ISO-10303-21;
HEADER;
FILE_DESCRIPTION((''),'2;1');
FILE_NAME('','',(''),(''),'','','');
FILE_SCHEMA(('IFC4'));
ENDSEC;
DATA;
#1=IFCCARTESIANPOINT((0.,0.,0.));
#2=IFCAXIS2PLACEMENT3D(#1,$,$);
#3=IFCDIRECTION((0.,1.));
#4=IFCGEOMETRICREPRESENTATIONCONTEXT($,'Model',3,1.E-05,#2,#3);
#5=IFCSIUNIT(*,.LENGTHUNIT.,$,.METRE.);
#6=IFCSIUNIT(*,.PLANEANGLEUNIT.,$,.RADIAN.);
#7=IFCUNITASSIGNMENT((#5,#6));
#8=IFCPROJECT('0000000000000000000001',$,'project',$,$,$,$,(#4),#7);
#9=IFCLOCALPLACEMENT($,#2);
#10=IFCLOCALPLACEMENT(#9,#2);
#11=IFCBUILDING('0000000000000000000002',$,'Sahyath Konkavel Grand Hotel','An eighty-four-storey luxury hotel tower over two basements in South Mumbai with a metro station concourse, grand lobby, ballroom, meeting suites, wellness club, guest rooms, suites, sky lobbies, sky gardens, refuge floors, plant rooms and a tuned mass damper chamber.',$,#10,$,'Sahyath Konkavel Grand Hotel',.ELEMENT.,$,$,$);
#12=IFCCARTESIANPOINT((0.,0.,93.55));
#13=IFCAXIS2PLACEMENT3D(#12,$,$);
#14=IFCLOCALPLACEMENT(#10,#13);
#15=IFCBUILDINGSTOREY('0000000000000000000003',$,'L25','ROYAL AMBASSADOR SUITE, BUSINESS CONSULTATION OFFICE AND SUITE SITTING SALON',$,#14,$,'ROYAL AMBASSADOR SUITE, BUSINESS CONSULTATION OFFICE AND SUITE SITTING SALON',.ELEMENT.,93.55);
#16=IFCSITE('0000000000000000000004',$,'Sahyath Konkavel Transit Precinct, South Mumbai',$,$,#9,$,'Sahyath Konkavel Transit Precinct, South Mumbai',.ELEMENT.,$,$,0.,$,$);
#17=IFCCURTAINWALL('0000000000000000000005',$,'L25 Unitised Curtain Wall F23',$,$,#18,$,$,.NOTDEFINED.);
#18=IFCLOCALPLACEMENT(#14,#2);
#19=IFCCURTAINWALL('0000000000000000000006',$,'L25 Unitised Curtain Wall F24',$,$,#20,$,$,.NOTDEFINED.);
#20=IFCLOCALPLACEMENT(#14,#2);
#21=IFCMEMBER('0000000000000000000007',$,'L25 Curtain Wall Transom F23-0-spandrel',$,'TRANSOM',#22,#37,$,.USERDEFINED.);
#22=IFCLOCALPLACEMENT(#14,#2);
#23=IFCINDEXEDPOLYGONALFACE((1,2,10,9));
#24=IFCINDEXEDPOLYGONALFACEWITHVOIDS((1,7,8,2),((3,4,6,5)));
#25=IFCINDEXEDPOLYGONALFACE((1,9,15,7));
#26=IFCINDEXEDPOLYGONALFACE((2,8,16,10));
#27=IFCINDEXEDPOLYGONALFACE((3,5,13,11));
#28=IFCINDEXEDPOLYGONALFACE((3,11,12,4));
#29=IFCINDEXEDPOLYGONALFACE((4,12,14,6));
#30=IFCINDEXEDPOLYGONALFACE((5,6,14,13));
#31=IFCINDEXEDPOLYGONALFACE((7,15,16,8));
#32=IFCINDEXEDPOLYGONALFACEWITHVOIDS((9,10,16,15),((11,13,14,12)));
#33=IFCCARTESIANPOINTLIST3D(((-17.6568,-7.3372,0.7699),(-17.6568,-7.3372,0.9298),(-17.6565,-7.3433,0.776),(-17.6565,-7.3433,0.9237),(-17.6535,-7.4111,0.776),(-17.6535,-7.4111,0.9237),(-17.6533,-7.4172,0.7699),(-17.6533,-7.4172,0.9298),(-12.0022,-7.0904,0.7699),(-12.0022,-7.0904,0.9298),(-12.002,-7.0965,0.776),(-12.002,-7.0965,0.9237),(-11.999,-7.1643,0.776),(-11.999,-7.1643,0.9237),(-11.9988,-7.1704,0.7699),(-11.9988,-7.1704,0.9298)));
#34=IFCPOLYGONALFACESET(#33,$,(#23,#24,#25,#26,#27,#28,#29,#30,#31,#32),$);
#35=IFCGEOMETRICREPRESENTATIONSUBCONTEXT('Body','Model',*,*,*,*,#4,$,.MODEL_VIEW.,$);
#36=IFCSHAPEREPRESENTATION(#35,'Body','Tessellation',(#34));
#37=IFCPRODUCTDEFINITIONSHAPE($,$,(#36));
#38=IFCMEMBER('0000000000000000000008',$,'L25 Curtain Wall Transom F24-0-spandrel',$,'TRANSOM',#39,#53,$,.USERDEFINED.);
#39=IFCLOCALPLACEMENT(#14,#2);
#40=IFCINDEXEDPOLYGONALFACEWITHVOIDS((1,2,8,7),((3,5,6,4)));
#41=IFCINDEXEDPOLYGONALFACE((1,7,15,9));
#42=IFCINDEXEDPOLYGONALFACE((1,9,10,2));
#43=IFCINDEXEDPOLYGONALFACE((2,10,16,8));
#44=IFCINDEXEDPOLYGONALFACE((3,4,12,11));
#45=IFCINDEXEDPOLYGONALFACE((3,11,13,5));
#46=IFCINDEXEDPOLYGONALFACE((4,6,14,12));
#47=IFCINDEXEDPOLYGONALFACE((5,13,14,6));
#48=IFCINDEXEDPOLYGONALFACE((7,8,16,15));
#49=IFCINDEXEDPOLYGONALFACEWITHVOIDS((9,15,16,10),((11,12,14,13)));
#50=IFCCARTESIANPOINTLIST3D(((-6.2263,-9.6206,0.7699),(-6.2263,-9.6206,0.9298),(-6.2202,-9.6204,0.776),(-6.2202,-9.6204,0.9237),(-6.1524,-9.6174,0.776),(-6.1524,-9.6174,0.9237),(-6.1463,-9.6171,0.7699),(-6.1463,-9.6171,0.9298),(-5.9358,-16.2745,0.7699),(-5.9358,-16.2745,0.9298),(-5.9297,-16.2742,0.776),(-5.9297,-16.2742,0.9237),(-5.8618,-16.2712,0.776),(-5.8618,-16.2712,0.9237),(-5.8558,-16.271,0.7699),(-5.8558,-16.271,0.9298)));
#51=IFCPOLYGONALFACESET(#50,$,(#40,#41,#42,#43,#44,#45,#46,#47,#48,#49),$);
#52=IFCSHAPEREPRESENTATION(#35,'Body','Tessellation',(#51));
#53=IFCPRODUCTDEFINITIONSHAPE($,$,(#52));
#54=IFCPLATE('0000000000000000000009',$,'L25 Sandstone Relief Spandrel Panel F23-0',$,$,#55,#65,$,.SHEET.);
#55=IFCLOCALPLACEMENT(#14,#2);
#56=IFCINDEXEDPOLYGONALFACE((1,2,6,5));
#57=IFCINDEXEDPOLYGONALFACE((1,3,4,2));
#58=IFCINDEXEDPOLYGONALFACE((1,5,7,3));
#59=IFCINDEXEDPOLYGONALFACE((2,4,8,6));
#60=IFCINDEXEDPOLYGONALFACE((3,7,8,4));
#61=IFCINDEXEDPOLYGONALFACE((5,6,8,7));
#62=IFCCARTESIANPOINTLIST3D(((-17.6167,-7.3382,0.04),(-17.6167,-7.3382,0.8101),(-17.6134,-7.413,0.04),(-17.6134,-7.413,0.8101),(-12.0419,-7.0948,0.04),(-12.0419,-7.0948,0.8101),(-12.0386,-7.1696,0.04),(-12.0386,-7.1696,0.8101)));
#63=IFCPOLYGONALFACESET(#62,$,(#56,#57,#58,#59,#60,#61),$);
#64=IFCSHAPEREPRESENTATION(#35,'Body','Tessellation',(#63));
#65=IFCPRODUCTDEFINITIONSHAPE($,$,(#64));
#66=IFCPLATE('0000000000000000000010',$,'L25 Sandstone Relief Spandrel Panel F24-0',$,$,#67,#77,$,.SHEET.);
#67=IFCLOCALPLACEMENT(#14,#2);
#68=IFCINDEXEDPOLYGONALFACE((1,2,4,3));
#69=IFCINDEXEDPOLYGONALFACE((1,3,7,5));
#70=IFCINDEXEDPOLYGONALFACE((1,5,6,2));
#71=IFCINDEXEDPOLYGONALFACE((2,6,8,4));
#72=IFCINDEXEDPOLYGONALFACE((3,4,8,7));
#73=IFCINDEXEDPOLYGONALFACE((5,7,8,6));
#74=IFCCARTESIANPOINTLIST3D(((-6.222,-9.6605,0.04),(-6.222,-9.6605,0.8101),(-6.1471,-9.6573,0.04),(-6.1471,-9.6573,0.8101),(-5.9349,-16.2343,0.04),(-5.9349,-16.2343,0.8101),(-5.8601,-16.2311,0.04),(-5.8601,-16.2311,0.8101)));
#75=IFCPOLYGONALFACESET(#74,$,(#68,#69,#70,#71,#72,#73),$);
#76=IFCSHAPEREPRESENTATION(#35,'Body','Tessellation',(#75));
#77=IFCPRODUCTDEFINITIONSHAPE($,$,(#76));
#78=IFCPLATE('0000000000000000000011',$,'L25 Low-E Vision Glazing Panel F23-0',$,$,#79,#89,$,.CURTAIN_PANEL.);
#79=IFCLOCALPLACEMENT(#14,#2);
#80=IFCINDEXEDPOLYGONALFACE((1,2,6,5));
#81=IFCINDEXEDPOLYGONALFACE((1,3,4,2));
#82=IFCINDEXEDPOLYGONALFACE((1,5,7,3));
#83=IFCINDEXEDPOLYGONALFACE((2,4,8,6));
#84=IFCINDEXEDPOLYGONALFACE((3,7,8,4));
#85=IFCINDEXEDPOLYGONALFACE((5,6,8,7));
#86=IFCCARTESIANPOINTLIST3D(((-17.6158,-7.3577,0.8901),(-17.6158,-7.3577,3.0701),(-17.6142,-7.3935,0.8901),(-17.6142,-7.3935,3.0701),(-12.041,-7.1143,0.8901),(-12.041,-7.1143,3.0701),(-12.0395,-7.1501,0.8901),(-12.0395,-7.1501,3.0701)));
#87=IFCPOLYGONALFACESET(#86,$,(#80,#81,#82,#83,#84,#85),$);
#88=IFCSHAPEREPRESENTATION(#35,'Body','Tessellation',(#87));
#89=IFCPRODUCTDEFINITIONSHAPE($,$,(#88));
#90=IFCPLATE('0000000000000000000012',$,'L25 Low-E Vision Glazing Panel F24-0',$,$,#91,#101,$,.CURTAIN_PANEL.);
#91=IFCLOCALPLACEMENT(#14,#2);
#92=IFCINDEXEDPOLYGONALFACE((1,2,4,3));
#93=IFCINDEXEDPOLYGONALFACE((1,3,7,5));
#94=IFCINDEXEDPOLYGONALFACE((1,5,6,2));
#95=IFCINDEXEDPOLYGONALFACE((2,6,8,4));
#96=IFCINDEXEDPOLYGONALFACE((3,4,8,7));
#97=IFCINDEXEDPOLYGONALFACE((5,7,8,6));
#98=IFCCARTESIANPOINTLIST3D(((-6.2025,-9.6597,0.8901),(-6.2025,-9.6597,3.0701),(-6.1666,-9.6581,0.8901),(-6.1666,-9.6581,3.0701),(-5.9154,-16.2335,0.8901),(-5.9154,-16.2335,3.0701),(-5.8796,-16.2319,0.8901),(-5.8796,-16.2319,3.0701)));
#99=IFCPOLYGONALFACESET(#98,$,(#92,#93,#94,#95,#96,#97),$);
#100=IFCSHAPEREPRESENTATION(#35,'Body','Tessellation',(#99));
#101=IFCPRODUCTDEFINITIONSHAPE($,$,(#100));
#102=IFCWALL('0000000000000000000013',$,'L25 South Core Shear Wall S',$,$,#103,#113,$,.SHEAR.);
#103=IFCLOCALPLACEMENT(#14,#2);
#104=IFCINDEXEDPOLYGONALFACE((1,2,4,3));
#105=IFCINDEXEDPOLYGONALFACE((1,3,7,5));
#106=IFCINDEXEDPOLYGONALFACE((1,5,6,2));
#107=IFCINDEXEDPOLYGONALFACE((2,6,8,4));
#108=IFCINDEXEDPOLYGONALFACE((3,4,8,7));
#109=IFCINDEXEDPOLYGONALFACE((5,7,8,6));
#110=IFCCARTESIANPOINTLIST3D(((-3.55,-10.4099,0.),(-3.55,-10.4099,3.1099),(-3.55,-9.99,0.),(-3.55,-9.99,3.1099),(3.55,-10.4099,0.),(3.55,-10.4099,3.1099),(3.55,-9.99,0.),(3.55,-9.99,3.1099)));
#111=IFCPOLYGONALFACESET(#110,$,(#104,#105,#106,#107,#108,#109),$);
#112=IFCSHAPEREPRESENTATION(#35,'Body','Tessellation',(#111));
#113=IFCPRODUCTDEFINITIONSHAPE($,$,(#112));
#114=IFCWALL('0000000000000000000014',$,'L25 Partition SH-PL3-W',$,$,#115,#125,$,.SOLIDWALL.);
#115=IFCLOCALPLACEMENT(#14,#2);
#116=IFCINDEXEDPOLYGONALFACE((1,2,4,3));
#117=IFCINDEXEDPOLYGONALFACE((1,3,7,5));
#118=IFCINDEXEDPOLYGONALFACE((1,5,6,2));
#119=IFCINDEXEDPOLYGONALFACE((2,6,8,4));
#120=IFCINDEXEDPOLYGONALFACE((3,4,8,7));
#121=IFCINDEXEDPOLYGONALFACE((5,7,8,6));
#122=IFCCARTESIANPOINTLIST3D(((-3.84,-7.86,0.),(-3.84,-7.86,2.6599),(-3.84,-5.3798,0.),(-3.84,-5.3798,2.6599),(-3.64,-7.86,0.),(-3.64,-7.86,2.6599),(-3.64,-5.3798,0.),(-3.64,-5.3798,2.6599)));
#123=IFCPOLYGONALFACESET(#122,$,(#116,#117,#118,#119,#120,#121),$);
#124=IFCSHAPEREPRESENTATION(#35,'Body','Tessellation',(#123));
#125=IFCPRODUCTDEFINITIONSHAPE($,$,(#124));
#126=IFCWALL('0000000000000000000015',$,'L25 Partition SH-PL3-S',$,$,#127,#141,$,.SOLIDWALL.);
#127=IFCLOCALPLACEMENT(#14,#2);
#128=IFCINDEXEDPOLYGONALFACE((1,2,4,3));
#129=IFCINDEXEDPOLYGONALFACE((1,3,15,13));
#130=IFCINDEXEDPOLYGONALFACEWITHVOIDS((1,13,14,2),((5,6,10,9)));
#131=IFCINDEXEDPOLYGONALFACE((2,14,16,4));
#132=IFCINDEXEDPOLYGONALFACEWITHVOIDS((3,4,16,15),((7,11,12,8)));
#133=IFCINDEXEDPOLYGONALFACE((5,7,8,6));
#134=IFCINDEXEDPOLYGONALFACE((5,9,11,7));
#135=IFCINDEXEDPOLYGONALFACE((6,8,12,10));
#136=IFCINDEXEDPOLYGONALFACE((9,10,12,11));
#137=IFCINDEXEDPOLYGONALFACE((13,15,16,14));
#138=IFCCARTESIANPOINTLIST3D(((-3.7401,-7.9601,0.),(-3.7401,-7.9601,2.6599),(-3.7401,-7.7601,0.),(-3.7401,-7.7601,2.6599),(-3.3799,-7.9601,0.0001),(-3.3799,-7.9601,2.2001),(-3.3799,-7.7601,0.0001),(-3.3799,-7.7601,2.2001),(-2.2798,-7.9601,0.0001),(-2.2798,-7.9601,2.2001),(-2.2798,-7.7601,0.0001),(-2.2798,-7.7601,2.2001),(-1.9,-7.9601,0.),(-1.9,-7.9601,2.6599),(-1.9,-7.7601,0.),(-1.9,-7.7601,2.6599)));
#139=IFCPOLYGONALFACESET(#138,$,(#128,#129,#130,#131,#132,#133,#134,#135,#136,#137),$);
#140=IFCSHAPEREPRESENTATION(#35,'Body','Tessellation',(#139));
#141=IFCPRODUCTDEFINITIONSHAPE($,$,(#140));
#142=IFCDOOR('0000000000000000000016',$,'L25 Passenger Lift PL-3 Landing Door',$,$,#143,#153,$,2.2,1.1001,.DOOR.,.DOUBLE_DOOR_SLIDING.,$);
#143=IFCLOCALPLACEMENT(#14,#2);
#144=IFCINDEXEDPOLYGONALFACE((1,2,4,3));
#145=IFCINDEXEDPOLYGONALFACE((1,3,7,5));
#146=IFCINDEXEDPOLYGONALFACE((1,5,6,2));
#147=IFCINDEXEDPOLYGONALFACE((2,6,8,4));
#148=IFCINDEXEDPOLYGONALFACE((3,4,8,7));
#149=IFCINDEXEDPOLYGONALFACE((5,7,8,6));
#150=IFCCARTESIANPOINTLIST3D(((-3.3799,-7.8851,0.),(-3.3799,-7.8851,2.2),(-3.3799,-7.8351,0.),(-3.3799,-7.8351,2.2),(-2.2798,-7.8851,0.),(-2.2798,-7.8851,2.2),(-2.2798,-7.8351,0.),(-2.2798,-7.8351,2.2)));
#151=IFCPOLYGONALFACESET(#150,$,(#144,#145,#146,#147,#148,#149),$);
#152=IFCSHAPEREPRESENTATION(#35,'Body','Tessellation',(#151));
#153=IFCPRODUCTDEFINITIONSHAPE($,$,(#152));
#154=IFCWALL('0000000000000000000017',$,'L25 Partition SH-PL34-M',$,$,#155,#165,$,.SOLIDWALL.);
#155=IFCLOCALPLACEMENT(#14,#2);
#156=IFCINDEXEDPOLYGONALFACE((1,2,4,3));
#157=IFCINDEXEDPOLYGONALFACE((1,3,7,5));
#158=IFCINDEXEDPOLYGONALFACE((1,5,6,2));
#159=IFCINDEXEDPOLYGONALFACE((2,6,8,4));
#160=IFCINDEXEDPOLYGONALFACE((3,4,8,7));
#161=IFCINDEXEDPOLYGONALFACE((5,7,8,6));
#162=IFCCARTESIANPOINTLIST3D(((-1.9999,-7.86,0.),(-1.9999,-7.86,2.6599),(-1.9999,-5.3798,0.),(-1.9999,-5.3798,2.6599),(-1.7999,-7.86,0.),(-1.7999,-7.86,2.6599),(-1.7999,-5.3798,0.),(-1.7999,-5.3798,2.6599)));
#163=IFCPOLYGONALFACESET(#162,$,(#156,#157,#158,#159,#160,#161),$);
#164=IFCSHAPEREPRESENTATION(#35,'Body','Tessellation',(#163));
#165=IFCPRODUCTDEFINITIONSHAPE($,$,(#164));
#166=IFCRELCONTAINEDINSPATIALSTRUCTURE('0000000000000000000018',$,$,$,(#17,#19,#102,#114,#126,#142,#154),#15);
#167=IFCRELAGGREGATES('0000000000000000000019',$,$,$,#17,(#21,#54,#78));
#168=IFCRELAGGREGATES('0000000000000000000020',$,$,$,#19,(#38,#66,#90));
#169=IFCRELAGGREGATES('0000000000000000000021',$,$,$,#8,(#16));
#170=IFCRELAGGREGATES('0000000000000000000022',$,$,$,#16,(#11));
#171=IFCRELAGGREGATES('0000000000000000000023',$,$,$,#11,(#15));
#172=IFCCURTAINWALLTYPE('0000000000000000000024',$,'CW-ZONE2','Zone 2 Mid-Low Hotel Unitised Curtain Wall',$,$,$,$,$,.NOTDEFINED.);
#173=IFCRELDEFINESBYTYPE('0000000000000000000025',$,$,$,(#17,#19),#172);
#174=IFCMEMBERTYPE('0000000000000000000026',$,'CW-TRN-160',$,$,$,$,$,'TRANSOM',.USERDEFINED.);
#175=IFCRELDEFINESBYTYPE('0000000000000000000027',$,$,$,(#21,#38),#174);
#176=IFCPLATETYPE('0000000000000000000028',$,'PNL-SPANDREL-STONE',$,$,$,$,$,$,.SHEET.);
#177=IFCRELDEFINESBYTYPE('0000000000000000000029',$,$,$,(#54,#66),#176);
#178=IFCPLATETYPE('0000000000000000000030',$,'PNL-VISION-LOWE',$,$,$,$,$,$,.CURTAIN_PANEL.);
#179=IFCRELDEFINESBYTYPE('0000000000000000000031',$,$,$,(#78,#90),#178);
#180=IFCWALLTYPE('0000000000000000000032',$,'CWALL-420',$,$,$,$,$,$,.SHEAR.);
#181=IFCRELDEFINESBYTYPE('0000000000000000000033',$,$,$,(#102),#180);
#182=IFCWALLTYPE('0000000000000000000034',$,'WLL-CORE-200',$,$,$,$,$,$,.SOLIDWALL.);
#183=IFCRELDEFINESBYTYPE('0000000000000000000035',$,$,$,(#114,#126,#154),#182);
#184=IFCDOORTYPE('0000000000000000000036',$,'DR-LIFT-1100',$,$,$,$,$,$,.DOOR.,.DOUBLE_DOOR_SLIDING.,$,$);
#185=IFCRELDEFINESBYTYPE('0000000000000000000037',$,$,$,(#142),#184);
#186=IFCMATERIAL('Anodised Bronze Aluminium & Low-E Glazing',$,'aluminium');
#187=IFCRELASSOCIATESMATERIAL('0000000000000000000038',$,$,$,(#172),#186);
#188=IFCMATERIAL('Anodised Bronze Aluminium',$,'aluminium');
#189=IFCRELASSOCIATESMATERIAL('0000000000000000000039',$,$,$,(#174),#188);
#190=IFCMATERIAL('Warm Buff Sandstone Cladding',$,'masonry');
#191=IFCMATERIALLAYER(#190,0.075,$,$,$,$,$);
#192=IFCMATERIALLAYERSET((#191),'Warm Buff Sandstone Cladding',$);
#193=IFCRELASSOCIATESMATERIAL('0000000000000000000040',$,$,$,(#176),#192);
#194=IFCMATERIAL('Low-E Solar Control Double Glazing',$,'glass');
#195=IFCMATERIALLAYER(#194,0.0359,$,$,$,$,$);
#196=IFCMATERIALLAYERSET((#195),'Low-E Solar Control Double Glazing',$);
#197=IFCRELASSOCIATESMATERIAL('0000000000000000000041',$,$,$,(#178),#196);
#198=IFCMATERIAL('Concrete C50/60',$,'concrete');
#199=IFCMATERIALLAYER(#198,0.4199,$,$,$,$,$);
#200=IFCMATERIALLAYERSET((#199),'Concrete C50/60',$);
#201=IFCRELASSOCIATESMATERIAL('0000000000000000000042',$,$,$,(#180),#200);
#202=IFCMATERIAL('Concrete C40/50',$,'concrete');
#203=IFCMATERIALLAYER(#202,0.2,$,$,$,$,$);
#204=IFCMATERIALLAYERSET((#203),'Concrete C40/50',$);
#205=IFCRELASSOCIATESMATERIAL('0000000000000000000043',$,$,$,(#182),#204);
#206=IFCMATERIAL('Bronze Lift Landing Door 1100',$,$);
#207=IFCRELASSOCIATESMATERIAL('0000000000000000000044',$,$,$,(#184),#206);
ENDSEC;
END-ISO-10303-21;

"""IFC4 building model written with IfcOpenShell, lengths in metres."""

from ifc_helpers import new_model, si_unit, direction, frame, frame_2d, origin, origin_2d, place, context, subcontext, project, spatial, rectangle, hollow_rectangle, extrude, source, transform, mapped, material, layer, layer_set, material_profile, profile_set, type_object, element, fill, aggregate, save


model = new_model("IFC4")

# Units and contexts
model_context = context("Model", 3, precision=1e-05, world=origin(), true_north=direction((0.0, 1.0)))
body_context = subcontext(model_context, "Body", "Model", "MODEL_VIEW")
ifc_project = project(units=[si_unit("LENGTHUNIT", "METRE"), si_unit("PLANEANGLEUNIT", "RADIAN")], contexts=[model_context])

# Site, building, storey
site_placement = place(None, origin())
site = spatial("IfcSite", under=ifc_project, at=site_placement, Name="Sahyath Konkavel Transit Precinct, South Mumbai", LongName="Sahyath Konkavel Transit Precinct, South Mumbai", CompositionType="ELEMENT", RefElevation=0.0)
building_placement = place(site_placement, origin())
building = spatial("IfcBuilding", under=site, at=building_placement, Name="Sahyath Konkavel Grand Hotel", Description="An eighty-four-storey luxury hotel tower over two basements in South Mumbai with a metro station concourse, grand lobby, ballroom, meeting suites, wellness club, guest rooms, suites, sky lobbies, sky gardens, refuge floors, plant rooms and a tuned mass damper chamber.", LongName="Sahyath Konkavel Grand Hotel", CompositionType="ELEMENT")
storey_placement = place(building_placement, frame((0.0, 0.0, 93.55)))
storey = spatial("IfcBuildingStorey", under=building, at=storey_placement, Name="L25", Description="ROYAL AMBASSADOR SUITE, BUSINESS CONSULTATION OFFICE AND SUITE SITTING SALON", LongName="ROYAL AMBASSADOR SUITE, BUSINESS CONSULTATION OFFICE AND SUITE SITTING SALON", CompositionType="ELEMENT", Elevation=93.55)

# Curtain walls
ifc_material_1 = material(Name="Anodised Bronze Aluminium & Low-E Glazing", Category="aluminium")
curtain_wall_type = type_object("IfcCurtainWallType", Name="CW-ZONE2", Description="Zone 2 Mid-Low Hotel Unitised Curtain Wall", PredefinedType="NOTDEFINED", material=ifc_material_1)
curtain_wall_1_placement = place(storey_placement, origin())
curtain_wall_1 = element("IfcCurtainWall", 1, at=curtain_wall_1_placement, inside=storey, type_object=curtain_wall_type, Name="L25 Unitised Curtain Wall F23", PredefinedType="NOTDEFINED")
ifc_material_2 = material(Name="Anodised Bronze Aluminium", Category="aluminium")
curtain_wall_2_placement = place(storey_placement, origin())
curtain_wall_2 = element("IfcCurtainWall", 2, at=curtain_wall_2_placement, inside=storey, type_object=curtain_wall_type, Name="L25 Unitised Curtain Wall F24", PredefinedType="NOTDEFINED")

# Members
ifc_material_profile_1 = material_profile(ifc_material_2, hollow_rectangle(XDim=0.0801, YDim=0.1599, WallThickness=0.0061, at=origin_2d()), Name="RHS 160x80x6")
ifc_profile_set_1 = profile_set([ifc_material_profile_1], Name="Anodised Bronze Aluminium")
member_type_1 = type_object("IfcMemberType", Name="CW-TRN-160", ElementType="TRANSOM", PredefinedType="USERDEFINED", material=ifc_profile_set_1)
shared_shape_1 = source(origin(), body_context, "Body", "SweptSolid", [
    extrude(hollow_rectangle(XDim=0.0801, YDim=0.1599, WallThickness=0.0061, at=origin_2d()), origin(), (0.0, 0.0, 1.0), 5.6599),
])
member_1_placement = place(storey_placement, frame((-17.655, -7.3772, 0.8499), z_axis=(0.999049, 0.043609, 0.0), x_axis=(-0.043609, 0.999049, 0.0)))
member_1 = element("IfcMember", 3, at=member_1_placement, type_object=member_type_1, Name="L25 Curtain Wall Transom F23-0-spandrel", ObjectType="TRANSOM", PredefinedType="USERDEFINED", context=body_context, shape_type="MappedRepresentation", body=[
    mapped(shared_shape_1, transform((0.0, 0.0, 0.0), scale=1.0)),
])
shared_shape_2 = source(origin(), body_context, "Body", "SweptSolid", [
    extrude(hollow_rectangle(XDim=0.0801, YDim=0.1599, WallThickness=0.0061, at=origin_2d()), origin(), (0.0, 0.0, 1.0), 6.6602),
])
member_2_placement = place(storey_placement, frame((-6.1863, -9.6189, 0.8499), z_axis=(0.043622, -0.999048, 0.0), x_axis=(0.999048, 0.043622, 0.0)))
member_2 = element("IfcMember", 4, at=member_2_placement, type_object=member_type_1, Name="L25 Curtain Wall Transom F24-0-spandrel", ObjectType="TRANSOM", PredefinedType="USERDEFINED", context=body_context, shape_type="MappedRepresentation", body=[
    mapped(shared_shape_2, transform((0.0, 0.0, 0.0), scale=1.0)),
])

# Plates
ifc_material_3 = material(Name="Warm Buff Sandstone Cladding", Category="masonry")
ifc_layer_1 = layer(ifc_material_3, 0.075)
ifc_layer_set_1 = layer_set([ifc_layer_1], Name="Warm Buff Sandstone Cladding")
plate_type_1 = type_object("IfcPlateType", Name="PNL-SPANDREL-STONE", PredefinedType="SHEET", material=ifc_layer_set_1)
shared_shape_3 = source(origin(), body_context, "Body", "SweptSolid", [
    extrude(rectangle(XDim=5.5801, YDim=0.075, at=origin_2d()), origin(), (0.0, 0.0, 1.0), 0.77),
])
plate_1_placement = place(storey_placement, frame((-14.8276, -7.2539, 0.04), z_axis=(0.0, 0.0, 1.0), x_axis=(0.999048, 0.043619, 0.0)))
plate_1 = element("IfcPlate", 5, at=plate_1_placement, type_object=plate_type_1, Name="L25 Sandstone Relief Spandrel Panel F23-0", PredefinedType="SHEET", context=body_context, shape_type="MappedRepresentation", body=[
    mapped(shared_shape_3, transform((0.0, 0.0, 0.0), scale=1.0)),
])
shared_shape_4 = source(origin(), body_context, "Body", "SweptSolid", [
    extrude(rectangle(XDim=6.5801, YDim=0.075, at=origin_2d()), origin(), (0.0, 0.0, 1.0), 0.77),
])
plate_2_placement = place(storey_placement, frame((-6.041, -12.9458, 0.04), z_axis=(0.0, 0.0, 1.0), x_axis=(0.043619, -0.999048, 0.0)))
plate_2 = element("IfcPlate", 6, at=plate_2_placement, type_object=plate_type_1, Name="L25 Sandstone Relief Spandrel Panel F24-0", PredefinedType="SHEET", context=body_context, shape_type="MappedRepresentation", body=[
    mapped(shared_shape_4, transform((0.0, 0.0, 0.0), scale=1.0)),
])
ifc_material_4 = material(Name="Low-E Solar Control Double Glazing", Category="glass")
ifc_layer_2 = layer(ifc_material_4, 0.0359)
ifc_layer_set_2 = layer_set([ifc_layer_2], Name="Low-E Solar Control Double Glazing")
plate_type_2 = type_object("IfcPlateType", Name="PNL-VISION-LOWE", PredefinedType="CURTAIN_PANEL", material=ifc_layer_set_2)
shared_shape_5 = source(origin(), body_context, "Body", "SweptSolid", [
    extrude(rectangle(XDim=5.5801, YDim=0.0359, at=origin_2d()), origin(), (0.0, 0.0, 1.0), 2.1799),
])
plate_3_placement = place(storey_placement, frame((-14.8276, -7.2539, 0.8901), z_axis=(0.0, 0.0, 1.0), x_axis=(0.999048, 0.043619, 0.0)))
plate_3 = element("IfcPlate", 7, at=plate_3_placement, type_object=plate_type_2, Name="L25 Low-E Vision Glazing Panel F23-0", PredefinedType="CURTAIN_PANEL", context=body_context, shape_type="MappedRepresentation", body=[
    mapped(shared_shape_5, transform((0.0, 0.0, 0.0), scale=1.0)),
])
aggregate(curtain_wall_1, [member_1, plate_1, plate_3])
shared_shape_6 = source(origin(), body_context, "Body", "SweptSolid", [
    extrude(rectangle(XDim=6.5801, YDim=0.0359, at=origin_2d()), origin(), (0.0, 0.0, 1.0), 2.1799),
])
plate_4_placement = place(storey_placement, frame((-6.041, -12.9458, 0.8901), z_axis=(0.0, 0.0, 1.0), x_axis=(0.043619, -0.999048, 0.0)))
plate_4 = element("IfcPlate", 8, at=plate_4_placement, type_object=plate_type_2, Name="L25 Low-E Vision Glazing Panel F24-0", PredefinedType="CURTAIN_PANEL", context=body_context, shape_type="MappedRepresentation", body=[
    mapped(shared_shape_6, transform((0.0, 0.0, 0.0), scale=1.0)),
])
aggregate(curtain_wall_2, [member_2, plate_2, plate_4])

# Walls
ifc_material_5 = material(Name="Concrete C50/60", Category="concrete")
ifc_layer_3 = layer(ifc_material_5, 0.4199)
ifc_layer_set_3 = layer_set([ifc_layer_3], Name="Concrete C50/60")
wall_type_1 = type_object("IfcWallType", Name="CWALL-420", PredefinedType="SHEAR", material=ifc_layer_set_3)
wall_1_placement = place(storey_placement, frame((-3.55, -10.2, 0.0), z_axis=(0.0, 0.0, 1.0), x_axis=(1.0, 0.0, 0.0)))
element("IfcWall", 9, at=wall_1_placement, inside=storey, type_object=wall_type_1, Name="L25 South Core Shear Wall S", PredefinedType="SHEAR", context=body_context, shape_type="SweptSolid", body=[
    extrude(rectangle(XDim=7.1001, YDim=0.4199, at=frame_2d((3.55, 0.0))), origin(), (0.0, 0.0, 1.0), 3.1099),
])
ifc_material_6 = material(Name="Concrete C40/50", Category="concrete")
ifc_layer_4 = layer(ifc_material_6, 0.2)
ifc_layer_set_4 = layer_set([ifc_layer_4], Name="Concrete C40/50")
wall_type_2 = type_object("IfcWallType", Name="WLL-CORE-200", PredefinedType="SOLIDWALL", material=ifc_layer_set_4)
wall_2_placement = place(storey_placement, frame((-3.74, -7.8601, 0.0), z_axis=(0.0, 0.0, 1.0), x_axis=(0.0, 1.0, 0.0)))
element("IfcWall", 10, at=wall_2_placement, inside=storey, type_object=wall_type_2, Name="L25 Partition SH-PL3-W", PredefinedType="SOLIDWALL", context=body_context, shape_type="SweptSolid", body=[
    extrude(rectangle(XDim=2.4802, YDim=0.2, at=frame_2d((1.2402, 0.0))), origin(), (0.0, 0.0, 1.0), 2.6599),
])

# Wall, opening, door
wall_3_placement = place(storey_placement, frame((-3.74, -7.8601, 0.0), z_axis=(0.0, 0.0, 1.0), x_axis=(1.0, 0.0, 0.0)))
wall_3 = element("IfcWall", 11, at=wall_3_placement, inside=storey, type_object=wall_type_2, Name="L25 Partition SH-PL3-S", PredefinedType="SOLIDWALL", context=body_context, shape_type="SweptSolid", body=[
    extrude(rectangle(XDim=1.8401, YDim=0.2, at=frame_2d((0.9199, 0.0))), origin(), (0.0, 0.0, 1.0), 2.6599),
])
opening_1_placement = place(wall_3_placement, frame((0.3601, 0.0, 0.0)))
opening_1 = element("IfcOpeningElement", 12, at=opening_1_placement, cuts=wall_3, PredefinedType="OPENING", context=body_context, shape_type="SweptSolid", body=[
    extrude(rectangle(XDim=1.1001, YDim=2.2, at=frame_2d((0.55, 1.1001))), frame((0.0, 0.1099, 0.0), z_axis=(0.0, -1.0, 0.0), x_axis=(1.0, 0.0, 0.0)), (0.0, 0.0, 1.0), 0.22),
])
ifc_material_7 = material(Name="Bronze Lift Landing Door 1100")
door_type_1 = type_object("IfcDoorType", Name="DR-LIFT-1100", OperationType="DOUBLE_DOOR_SLIDING", PredefinedType="DOOR", material=ifc_material_7)
shared_shape_7 = source(origin(), body_context, "Body", "SweptSolid", [
    extrude(rectangle(XDim=1.1001, YDim=0.05, at=origin_2d()), origin(), (0.0, 0.0, 1.0), 2.2),
])
door_1_placement = place(opening_1_placement, frame((0.55, 0.0, 0.0)))
door_1 = element("IfcDoor", 13, at=door_1_placement, inside=storey, type_object=door_type_1, Name="L25 Passenger Lift PL-3 Landing Door", OperationType="DOUBLE_DOOR_SLIDING", OverallHeight=2.2, OverallWidth=1.1001, PredefinedType="DOOR", context=body_context, shape_type="MappedRepresentation", body=[
    mapped(shared_shape_7, transform((0.0, 0.0, 0.0), scale=1.0)),
])
fill(opening_1, door_1)

# Wall
wall_4_placement = place(storey_placement, frame((-1.8999, -7.8601, 0.0), z_axis=(0.0, 0.0, 1.0), x_axis=(0.0, 1.0, 0.0)))
element("IfcWall", 14, at=wall_4_placement, inside=storey, type_object=wall_type_2, Name="L25 Partition SH-PL34-M", PredefinedType="SOLIDWALL", context=body_context, shape_type="SweptSolid", body=[
    extrude(rectangle(XDim=2.4802, YDim=0.2, at=frame_2d((1.2402, 0.0))), origin(), (0.0, 0.0, 1.0), 2.6599),
])

save(model, "model.ifc")
